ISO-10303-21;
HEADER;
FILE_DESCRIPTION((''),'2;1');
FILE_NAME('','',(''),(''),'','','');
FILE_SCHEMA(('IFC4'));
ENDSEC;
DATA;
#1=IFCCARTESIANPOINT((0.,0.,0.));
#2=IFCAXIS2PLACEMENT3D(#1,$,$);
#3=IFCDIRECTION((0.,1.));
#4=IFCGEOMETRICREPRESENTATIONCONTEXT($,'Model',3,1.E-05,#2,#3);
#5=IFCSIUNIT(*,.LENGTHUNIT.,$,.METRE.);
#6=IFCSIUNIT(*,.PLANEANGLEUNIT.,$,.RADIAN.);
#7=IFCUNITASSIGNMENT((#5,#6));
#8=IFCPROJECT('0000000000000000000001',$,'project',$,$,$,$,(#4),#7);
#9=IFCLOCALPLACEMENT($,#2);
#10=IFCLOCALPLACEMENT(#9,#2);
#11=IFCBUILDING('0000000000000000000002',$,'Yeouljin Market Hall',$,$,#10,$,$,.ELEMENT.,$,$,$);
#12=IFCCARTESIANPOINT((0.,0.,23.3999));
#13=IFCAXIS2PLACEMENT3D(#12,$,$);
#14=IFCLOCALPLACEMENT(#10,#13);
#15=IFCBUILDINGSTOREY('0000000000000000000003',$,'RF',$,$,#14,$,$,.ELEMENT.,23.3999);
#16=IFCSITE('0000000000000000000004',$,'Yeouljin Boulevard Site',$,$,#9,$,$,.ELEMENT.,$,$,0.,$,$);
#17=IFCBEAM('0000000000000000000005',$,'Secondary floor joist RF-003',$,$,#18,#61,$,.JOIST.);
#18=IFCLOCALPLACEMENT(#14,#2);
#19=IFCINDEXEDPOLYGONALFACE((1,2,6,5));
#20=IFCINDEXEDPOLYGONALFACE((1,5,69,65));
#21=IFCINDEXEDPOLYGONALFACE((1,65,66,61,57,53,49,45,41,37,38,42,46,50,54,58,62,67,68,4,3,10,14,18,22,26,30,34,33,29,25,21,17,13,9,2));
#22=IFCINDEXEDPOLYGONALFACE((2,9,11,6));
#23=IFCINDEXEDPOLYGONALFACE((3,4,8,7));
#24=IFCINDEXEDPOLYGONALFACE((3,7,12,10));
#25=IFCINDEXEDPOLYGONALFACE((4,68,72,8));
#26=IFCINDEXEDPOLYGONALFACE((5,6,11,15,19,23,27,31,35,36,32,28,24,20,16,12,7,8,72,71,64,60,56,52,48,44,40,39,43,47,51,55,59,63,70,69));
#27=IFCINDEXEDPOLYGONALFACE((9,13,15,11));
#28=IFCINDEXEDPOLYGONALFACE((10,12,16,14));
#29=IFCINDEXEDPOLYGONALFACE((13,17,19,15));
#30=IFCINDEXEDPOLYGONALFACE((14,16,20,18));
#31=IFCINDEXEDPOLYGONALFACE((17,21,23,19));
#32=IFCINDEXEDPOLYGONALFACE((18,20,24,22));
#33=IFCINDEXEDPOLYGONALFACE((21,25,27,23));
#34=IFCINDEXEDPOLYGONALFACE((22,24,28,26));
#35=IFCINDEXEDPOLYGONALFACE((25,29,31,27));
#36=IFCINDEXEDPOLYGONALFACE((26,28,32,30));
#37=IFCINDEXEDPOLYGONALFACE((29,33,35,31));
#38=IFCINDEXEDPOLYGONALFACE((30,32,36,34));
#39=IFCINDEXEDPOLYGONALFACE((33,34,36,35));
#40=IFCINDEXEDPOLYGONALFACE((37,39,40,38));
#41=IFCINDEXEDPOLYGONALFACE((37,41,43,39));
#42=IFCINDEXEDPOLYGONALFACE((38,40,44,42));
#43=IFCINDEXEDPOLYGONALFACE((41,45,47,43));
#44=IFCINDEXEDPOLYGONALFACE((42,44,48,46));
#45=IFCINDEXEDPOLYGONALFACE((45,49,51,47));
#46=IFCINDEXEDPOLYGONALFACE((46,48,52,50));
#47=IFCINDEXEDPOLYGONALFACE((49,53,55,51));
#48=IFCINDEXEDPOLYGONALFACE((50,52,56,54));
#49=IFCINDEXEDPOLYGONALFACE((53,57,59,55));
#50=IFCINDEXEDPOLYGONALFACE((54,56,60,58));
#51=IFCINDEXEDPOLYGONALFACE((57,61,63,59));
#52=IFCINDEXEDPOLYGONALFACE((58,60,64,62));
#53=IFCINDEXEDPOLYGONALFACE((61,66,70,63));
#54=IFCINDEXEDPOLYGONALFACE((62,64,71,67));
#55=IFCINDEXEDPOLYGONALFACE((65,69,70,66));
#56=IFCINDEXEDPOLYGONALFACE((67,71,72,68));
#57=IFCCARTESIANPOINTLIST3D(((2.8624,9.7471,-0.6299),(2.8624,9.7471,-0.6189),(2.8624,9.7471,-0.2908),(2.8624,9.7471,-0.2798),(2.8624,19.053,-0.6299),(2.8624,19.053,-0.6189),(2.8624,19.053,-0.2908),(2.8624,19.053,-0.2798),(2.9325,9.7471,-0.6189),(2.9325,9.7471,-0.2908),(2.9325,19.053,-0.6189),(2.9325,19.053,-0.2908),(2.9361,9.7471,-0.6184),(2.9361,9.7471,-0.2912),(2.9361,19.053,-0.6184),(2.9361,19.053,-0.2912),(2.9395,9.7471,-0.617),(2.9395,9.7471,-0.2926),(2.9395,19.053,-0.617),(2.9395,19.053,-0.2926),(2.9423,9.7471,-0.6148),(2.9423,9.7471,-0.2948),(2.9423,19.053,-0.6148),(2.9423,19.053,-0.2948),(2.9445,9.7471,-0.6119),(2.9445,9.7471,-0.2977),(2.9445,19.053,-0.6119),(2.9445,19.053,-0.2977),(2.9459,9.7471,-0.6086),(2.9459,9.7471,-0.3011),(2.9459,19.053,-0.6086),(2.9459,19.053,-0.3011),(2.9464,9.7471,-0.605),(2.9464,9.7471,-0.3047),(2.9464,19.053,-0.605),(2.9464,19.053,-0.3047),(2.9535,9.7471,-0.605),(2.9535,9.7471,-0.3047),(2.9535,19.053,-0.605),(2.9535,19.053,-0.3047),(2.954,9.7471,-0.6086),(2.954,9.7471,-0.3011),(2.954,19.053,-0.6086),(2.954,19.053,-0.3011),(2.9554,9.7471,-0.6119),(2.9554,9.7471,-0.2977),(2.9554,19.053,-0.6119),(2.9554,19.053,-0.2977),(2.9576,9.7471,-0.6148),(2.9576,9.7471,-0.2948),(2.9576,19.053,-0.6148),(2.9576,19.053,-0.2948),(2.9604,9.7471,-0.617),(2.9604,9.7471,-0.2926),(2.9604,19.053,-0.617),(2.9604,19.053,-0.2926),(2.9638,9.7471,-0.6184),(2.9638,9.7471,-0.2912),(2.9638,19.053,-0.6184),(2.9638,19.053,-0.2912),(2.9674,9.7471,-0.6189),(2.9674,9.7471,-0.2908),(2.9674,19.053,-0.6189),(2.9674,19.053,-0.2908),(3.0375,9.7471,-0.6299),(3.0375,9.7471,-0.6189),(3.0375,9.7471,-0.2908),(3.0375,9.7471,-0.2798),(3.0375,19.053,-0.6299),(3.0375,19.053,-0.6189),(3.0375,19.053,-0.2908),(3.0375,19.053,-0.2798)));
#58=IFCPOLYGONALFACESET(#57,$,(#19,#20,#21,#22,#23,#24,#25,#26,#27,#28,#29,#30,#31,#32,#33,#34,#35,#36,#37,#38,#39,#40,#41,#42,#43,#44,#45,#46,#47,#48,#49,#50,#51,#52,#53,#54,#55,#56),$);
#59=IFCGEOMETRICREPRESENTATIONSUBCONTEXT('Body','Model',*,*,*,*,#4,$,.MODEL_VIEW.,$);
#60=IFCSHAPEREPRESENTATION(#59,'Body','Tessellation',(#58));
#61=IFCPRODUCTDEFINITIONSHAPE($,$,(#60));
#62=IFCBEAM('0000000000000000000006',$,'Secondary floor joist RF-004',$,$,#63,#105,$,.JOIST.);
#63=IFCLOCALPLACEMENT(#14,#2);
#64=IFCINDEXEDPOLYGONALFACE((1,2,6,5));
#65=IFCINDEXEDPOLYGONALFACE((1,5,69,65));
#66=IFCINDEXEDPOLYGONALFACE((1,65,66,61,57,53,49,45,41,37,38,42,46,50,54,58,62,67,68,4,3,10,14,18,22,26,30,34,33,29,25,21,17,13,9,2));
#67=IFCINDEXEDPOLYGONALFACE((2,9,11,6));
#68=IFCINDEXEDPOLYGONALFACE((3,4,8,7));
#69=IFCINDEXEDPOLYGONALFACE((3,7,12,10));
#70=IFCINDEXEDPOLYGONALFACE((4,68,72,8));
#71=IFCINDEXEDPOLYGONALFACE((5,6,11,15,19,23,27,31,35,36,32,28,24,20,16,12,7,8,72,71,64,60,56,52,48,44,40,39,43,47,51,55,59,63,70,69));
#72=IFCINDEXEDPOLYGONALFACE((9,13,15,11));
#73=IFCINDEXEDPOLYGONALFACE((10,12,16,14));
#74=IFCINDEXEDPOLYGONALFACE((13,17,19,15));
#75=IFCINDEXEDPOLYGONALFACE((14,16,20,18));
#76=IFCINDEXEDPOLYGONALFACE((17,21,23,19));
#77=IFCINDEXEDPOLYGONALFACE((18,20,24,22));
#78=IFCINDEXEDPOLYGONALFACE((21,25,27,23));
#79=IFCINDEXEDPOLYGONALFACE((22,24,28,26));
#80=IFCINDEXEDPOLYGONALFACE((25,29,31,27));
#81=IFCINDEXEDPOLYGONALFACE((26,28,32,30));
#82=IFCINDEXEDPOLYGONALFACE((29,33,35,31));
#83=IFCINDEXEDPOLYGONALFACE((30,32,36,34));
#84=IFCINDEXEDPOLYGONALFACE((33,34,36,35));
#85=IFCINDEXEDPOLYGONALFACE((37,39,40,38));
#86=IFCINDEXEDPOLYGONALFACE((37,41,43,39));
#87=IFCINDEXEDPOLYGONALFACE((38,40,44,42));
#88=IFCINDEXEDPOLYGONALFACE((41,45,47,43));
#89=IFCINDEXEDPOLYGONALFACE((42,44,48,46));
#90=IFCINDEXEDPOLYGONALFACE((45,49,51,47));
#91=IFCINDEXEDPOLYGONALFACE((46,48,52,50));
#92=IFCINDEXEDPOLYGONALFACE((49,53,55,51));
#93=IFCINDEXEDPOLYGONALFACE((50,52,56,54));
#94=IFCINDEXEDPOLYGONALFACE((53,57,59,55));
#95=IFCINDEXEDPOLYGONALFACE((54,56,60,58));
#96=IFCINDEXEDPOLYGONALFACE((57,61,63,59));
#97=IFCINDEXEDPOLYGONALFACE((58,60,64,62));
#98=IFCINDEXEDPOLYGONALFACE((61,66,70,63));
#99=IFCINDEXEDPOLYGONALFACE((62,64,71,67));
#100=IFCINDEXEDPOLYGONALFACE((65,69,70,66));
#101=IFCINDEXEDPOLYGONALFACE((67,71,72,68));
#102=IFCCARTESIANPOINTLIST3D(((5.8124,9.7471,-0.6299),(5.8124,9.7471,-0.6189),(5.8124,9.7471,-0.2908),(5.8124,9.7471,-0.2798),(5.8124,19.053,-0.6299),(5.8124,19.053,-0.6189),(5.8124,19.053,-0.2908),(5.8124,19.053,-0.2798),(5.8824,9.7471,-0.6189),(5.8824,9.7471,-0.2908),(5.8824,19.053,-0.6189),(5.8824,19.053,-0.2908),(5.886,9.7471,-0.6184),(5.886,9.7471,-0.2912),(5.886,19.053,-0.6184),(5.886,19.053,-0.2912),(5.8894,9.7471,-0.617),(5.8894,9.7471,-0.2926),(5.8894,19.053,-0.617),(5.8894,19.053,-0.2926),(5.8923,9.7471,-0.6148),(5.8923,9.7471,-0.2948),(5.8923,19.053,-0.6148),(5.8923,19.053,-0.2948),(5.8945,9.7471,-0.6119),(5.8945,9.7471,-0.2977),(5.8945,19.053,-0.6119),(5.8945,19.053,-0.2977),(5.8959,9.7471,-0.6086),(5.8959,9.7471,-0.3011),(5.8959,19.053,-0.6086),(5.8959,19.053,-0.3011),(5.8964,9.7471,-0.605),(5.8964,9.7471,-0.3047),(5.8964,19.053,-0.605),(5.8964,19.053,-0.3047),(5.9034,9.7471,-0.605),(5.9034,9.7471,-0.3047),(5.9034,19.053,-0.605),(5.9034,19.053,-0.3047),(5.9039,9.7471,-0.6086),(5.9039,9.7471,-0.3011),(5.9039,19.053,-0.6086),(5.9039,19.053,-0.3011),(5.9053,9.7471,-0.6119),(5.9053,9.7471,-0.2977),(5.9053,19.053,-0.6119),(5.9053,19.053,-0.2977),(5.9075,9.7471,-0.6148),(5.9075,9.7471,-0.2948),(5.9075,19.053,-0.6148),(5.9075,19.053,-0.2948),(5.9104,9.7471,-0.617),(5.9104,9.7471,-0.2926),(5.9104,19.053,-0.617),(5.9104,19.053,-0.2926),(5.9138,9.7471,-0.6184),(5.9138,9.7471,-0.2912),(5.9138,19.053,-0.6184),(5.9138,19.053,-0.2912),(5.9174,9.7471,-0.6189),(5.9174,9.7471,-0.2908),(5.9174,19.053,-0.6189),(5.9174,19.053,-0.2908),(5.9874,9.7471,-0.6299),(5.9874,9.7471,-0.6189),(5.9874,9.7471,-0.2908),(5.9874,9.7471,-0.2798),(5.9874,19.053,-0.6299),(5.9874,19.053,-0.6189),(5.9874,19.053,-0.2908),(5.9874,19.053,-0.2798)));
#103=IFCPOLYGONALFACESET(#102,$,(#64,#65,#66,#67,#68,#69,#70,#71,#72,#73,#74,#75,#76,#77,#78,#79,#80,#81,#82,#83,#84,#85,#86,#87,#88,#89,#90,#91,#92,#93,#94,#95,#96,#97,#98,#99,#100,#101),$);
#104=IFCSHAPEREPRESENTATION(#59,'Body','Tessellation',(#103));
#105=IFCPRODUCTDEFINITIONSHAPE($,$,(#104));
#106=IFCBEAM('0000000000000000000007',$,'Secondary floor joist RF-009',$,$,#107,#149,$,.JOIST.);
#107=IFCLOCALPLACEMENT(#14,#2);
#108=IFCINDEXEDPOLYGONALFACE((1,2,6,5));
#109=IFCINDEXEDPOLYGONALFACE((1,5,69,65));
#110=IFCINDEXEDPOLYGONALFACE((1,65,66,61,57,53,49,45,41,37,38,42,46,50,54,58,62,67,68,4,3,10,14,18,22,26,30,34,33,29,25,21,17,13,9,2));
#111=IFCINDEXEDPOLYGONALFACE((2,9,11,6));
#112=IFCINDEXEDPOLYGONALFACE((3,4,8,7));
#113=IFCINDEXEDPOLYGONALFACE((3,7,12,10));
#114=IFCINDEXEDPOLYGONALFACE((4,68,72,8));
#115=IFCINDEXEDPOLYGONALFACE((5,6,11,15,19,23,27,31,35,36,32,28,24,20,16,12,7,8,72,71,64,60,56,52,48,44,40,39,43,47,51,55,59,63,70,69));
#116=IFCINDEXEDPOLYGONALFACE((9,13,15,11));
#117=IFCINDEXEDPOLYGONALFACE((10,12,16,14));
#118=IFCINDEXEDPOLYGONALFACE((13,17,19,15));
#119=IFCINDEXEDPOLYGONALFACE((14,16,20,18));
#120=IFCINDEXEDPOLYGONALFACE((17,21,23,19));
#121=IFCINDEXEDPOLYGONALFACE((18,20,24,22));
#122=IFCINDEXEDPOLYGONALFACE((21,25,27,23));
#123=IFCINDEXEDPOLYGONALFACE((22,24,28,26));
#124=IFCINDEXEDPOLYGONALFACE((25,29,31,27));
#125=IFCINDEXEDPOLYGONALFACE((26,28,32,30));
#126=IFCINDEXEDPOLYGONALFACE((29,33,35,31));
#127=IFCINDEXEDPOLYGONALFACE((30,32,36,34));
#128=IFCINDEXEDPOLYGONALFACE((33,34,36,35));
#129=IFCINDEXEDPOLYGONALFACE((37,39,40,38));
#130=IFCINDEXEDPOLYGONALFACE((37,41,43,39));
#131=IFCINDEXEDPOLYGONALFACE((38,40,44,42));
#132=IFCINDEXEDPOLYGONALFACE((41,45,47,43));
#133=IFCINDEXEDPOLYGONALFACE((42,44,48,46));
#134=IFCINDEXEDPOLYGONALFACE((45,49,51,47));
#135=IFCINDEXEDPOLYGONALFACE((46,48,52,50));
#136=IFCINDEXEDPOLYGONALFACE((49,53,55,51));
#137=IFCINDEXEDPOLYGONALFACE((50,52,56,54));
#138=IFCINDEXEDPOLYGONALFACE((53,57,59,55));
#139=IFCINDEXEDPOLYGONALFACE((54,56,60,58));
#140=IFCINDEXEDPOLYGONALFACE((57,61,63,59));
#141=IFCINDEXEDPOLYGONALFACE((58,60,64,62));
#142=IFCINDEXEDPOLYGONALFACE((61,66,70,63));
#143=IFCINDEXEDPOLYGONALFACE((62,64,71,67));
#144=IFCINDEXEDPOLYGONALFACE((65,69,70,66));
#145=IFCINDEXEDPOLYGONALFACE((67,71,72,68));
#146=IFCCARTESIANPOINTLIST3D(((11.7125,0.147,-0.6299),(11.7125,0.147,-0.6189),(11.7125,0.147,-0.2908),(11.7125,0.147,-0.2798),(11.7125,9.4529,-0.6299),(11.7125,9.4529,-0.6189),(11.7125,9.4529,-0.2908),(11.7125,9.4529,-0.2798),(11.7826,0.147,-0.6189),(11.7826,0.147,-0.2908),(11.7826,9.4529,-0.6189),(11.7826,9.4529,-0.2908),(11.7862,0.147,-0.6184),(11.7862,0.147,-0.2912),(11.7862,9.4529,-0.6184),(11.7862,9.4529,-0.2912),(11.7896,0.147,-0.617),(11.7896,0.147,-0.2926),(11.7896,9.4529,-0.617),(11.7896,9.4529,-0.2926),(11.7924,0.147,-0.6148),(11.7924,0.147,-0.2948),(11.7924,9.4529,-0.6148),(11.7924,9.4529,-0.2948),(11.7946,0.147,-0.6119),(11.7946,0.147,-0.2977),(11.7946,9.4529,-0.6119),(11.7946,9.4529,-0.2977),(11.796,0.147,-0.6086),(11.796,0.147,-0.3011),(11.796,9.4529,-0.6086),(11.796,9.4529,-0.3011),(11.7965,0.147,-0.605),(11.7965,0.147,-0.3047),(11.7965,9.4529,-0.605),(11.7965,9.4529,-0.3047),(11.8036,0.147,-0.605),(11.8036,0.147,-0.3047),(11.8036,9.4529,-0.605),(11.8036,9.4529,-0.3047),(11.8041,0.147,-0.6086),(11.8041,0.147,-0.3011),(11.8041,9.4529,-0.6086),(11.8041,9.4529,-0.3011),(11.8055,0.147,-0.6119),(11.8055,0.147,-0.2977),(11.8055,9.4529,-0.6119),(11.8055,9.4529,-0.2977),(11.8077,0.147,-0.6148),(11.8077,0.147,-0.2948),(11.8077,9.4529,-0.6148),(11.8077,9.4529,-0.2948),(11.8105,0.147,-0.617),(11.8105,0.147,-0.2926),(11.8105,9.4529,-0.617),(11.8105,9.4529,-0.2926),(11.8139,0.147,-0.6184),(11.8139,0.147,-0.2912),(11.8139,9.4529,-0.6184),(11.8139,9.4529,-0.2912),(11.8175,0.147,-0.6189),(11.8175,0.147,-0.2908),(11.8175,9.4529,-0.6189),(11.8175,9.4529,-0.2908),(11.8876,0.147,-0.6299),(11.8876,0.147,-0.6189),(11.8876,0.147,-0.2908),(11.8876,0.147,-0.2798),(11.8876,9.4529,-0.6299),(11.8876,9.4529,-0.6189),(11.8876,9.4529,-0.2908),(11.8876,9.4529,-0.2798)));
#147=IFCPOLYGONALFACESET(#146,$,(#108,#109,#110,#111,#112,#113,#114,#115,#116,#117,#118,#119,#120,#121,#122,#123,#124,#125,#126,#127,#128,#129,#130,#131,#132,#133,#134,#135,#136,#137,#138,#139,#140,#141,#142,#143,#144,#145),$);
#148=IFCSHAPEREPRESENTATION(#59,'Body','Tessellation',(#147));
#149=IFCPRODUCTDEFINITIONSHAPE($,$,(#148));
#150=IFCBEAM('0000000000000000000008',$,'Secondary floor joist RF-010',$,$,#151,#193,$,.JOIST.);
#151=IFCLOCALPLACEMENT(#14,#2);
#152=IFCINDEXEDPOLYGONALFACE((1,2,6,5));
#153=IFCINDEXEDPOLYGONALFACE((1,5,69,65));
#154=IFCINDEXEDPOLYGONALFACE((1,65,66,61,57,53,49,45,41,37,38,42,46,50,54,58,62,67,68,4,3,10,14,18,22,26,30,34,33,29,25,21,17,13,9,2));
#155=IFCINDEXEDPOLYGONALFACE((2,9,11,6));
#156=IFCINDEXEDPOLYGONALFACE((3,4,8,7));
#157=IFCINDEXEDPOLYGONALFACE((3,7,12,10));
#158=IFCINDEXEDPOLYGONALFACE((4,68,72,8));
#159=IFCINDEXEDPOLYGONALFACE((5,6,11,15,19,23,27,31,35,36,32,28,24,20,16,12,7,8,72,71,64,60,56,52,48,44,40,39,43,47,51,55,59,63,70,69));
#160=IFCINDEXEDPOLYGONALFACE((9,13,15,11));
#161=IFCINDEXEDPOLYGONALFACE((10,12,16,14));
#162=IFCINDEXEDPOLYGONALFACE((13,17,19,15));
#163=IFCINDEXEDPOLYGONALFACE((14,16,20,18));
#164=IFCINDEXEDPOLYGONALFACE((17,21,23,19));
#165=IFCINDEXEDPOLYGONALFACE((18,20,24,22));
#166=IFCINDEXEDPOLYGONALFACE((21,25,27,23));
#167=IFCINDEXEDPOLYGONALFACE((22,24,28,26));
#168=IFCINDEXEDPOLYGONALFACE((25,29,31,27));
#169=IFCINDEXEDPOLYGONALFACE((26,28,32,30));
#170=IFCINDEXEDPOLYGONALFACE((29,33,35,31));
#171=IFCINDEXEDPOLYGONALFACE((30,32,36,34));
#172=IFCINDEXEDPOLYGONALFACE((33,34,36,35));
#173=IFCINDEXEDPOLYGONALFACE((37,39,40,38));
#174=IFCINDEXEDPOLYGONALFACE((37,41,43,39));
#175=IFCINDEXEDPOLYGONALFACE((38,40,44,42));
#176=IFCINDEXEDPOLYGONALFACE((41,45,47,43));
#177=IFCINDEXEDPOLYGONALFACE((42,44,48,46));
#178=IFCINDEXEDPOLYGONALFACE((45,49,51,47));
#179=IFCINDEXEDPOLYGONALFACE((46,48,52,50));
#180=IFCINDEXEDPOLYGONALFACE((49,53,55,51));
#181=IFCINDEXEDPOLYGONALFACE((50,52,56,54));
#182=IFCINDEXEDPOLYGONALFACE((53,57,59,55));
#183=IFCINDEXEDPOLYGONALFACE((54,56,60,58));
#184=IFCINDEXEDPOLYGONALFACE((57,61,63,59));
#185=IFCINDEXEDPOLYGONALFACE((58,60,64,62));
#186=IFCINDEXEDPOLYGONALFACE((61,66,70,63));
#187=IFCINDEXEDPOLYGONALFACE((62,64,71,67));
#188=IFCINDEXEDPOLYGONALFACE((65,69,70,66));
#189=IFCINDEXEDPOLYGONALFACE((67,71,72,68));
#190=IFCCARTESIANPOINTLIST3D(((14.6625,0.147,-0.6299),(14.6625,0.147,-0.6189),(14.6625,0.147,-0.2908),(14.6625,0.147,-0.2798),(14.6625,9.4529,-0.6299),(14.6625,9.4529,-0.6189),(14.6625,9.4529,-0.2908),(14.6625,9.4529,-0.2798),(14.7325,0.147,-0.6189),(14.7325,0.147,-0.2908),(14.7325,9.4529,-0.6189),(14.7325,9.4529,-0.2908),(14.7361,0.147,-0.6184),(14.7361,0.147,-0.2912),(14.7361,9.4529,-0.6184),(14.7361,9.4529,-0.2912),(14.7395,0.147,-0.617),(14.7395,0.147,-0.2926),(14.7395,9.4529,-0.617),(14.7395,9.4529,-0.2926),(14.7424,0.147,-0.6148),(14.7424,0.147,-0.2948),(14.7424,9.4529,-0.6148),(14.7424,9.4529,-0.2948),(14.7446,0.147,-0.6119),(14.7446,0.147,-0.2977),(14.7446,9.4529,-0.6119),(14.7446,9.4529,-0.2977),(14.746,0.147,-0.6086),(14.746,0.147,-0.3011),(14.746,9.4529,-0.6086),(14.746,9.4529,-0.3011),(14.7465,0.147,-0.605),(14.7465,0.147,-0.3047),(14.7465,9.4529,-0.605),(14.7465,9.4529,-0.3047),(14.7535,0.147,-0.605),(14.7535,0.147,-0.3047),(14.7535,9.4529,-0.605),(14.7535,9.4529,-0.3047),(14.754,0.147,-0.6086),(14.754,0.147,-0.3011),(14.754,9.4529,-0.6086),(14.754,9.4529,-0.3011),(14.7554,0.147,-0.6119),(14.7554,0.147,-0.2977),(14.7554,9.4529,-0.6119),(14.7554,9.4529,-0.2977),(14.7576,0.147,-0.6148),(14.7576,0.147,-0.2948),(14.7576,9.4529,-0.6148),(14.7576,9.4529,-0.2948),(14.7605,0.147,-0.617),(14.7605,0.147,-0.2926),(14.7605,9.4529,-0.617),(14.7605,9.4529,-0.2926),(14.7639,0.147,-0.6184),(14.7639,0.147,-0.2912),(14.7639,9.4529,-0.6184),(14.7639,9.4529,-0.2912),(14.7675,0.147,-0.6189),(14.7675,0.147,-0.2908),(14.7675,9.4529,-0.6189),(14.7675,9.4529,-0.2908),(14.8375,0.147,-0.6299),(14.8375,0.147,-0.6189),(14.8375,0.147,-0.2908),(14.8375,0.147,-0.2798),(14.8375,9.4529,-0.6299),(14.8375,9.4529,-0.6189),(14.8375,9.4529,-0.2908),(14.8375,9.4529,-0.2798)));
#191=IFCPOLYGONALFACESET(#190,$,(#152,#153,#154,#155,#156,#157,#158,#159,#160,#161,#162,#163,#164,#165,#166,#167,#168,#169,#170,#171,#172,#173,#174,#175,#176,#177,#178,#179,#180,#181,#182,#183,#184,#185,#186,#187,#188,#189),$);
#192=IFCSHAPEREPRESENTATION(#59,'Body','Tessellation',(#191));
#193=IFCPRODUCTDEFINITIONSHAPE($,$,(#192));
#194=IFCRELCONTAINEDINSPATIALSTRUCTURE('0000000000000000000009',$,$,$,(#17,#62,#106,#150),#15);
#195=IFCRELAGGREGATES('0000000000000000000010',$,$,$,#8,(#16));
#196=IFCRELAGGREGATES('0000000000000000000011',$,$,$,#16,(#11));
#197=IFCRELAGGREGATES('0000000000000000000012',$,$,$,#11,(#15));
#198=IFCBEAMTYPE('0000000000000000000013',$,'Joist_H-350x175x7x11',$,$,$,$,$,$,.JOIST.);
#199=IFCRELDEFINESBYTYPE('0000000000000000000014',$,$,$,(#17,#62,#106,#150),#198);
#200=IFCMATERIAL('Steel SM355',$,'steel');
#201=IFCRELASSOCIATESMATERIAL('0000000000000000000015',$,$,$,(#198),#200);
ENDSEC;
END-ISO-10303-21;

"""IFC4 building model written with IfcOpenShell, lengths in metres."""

from ifc_helpers import new_model, si_unit, direction, frame, origin, origin_2d, place, context, subcontext, project, spatial, i_section, extrude, material, material_profile, profile_set, type_object, element, save


model = new_model("IFC4")

# Units and contexts
model_context = context("Model", 3, precision=1e-05, world=origin(), true_north=direction((0.0, 1.0)))
body_context = subcontext(model_context, "Body", "Model", "MODEL_VIEW")
ifc_project = project(units=[si_unit("LENGTHUNIT", "METRE"), si_unit("PLANEANGLEUNIT", "RADIAN")], contexts=[model_context])

# Site, building, storey
site_placement = place(None, origin())
site = spatial("IfcSite", under=ifc_project, at=site_placement, Name="Yeouljin Boulevard Site", CompositionType="ELEMENT", RefElevation=0.0)
building_placement = place(site_placement, origin())
building = spatial("IfcBuilding", under=site, at=building_placement, Name="Yeouljin Market Hall", CompositionType="ELEMENT")
storey_placement = place(building_placement, frame((0.0, 0.0, 23.3999)))
storey = spatial("IfcBuildingStorey", under=building, at=storey_placement, Name="RF", CompositionType="ELEMENT", Elevation=23.3999)

# Beams
ifc_material_1 = material(Name="Steel SM355", Category="steel")
ifc_material_profile_1 = material_profile(ifc_material_1, i_section(OverallWidth=0.175, OverallDepth=0.3501, WebThickness=0.0071, FlangeThickness=0.011, FilletRadius=0.0139, at=origin_2d()), Name="H-350x175x7x11")
ifc_profile_set_1 = profile_set([ifc_material_profile_1], Name="Steel SM355")
beam_type_1 = type_object("IfcBeamType", Name="Joist_H-350x175x7x11", PredefinedType="JOIST", material=ifc_profile_set_1)
for number, where, z_axis, x_axis, name in (
    (1, (2.95, 9.7471, -0.4548), (0.0, 1.0, 0.0), (-1.0, 0.0, 0.0), "Secondary floor joist RF-003"),
    (2, (5.8999, 9.7471, -0.4548), (0.0, 1.0, 0.0), (-1.0, 0.0, 0.0), "Secondary floor joist RF-004"),
    (3, (11.8, 0.147, -0.4548), (0.0, 1.0, 0.0), (-1.0, 0.0, 0.0), "Secondary floor joist RF-009"),
    (4, (14.75, 0.147, -0.4548), (0.0, 1.0, 0.0), (-1.0, 0.0, 0.0), "Secondary floor joist RF-010"),
):
    element("IfcBeam", number, at=place(storey_placement, frame(where, z_axis=z_axis, x_axis=x_axis)), inside=storey, type_object=beam_type_1, Name=name, PredefinedType="JOIST", context=body_context, shape_type="SweptSolid", body=[
        extrude(i_section(OverallWidth=0.175, OverallDepth=0.3501, WebThickness=0.0071, FlangeThickness=0.011, FilletRadius=0.0139, at=origin_2d()), origin(), (0.0, 0.0, 1.0), 9.3059),
    ])

save(model, "model.ifc")
